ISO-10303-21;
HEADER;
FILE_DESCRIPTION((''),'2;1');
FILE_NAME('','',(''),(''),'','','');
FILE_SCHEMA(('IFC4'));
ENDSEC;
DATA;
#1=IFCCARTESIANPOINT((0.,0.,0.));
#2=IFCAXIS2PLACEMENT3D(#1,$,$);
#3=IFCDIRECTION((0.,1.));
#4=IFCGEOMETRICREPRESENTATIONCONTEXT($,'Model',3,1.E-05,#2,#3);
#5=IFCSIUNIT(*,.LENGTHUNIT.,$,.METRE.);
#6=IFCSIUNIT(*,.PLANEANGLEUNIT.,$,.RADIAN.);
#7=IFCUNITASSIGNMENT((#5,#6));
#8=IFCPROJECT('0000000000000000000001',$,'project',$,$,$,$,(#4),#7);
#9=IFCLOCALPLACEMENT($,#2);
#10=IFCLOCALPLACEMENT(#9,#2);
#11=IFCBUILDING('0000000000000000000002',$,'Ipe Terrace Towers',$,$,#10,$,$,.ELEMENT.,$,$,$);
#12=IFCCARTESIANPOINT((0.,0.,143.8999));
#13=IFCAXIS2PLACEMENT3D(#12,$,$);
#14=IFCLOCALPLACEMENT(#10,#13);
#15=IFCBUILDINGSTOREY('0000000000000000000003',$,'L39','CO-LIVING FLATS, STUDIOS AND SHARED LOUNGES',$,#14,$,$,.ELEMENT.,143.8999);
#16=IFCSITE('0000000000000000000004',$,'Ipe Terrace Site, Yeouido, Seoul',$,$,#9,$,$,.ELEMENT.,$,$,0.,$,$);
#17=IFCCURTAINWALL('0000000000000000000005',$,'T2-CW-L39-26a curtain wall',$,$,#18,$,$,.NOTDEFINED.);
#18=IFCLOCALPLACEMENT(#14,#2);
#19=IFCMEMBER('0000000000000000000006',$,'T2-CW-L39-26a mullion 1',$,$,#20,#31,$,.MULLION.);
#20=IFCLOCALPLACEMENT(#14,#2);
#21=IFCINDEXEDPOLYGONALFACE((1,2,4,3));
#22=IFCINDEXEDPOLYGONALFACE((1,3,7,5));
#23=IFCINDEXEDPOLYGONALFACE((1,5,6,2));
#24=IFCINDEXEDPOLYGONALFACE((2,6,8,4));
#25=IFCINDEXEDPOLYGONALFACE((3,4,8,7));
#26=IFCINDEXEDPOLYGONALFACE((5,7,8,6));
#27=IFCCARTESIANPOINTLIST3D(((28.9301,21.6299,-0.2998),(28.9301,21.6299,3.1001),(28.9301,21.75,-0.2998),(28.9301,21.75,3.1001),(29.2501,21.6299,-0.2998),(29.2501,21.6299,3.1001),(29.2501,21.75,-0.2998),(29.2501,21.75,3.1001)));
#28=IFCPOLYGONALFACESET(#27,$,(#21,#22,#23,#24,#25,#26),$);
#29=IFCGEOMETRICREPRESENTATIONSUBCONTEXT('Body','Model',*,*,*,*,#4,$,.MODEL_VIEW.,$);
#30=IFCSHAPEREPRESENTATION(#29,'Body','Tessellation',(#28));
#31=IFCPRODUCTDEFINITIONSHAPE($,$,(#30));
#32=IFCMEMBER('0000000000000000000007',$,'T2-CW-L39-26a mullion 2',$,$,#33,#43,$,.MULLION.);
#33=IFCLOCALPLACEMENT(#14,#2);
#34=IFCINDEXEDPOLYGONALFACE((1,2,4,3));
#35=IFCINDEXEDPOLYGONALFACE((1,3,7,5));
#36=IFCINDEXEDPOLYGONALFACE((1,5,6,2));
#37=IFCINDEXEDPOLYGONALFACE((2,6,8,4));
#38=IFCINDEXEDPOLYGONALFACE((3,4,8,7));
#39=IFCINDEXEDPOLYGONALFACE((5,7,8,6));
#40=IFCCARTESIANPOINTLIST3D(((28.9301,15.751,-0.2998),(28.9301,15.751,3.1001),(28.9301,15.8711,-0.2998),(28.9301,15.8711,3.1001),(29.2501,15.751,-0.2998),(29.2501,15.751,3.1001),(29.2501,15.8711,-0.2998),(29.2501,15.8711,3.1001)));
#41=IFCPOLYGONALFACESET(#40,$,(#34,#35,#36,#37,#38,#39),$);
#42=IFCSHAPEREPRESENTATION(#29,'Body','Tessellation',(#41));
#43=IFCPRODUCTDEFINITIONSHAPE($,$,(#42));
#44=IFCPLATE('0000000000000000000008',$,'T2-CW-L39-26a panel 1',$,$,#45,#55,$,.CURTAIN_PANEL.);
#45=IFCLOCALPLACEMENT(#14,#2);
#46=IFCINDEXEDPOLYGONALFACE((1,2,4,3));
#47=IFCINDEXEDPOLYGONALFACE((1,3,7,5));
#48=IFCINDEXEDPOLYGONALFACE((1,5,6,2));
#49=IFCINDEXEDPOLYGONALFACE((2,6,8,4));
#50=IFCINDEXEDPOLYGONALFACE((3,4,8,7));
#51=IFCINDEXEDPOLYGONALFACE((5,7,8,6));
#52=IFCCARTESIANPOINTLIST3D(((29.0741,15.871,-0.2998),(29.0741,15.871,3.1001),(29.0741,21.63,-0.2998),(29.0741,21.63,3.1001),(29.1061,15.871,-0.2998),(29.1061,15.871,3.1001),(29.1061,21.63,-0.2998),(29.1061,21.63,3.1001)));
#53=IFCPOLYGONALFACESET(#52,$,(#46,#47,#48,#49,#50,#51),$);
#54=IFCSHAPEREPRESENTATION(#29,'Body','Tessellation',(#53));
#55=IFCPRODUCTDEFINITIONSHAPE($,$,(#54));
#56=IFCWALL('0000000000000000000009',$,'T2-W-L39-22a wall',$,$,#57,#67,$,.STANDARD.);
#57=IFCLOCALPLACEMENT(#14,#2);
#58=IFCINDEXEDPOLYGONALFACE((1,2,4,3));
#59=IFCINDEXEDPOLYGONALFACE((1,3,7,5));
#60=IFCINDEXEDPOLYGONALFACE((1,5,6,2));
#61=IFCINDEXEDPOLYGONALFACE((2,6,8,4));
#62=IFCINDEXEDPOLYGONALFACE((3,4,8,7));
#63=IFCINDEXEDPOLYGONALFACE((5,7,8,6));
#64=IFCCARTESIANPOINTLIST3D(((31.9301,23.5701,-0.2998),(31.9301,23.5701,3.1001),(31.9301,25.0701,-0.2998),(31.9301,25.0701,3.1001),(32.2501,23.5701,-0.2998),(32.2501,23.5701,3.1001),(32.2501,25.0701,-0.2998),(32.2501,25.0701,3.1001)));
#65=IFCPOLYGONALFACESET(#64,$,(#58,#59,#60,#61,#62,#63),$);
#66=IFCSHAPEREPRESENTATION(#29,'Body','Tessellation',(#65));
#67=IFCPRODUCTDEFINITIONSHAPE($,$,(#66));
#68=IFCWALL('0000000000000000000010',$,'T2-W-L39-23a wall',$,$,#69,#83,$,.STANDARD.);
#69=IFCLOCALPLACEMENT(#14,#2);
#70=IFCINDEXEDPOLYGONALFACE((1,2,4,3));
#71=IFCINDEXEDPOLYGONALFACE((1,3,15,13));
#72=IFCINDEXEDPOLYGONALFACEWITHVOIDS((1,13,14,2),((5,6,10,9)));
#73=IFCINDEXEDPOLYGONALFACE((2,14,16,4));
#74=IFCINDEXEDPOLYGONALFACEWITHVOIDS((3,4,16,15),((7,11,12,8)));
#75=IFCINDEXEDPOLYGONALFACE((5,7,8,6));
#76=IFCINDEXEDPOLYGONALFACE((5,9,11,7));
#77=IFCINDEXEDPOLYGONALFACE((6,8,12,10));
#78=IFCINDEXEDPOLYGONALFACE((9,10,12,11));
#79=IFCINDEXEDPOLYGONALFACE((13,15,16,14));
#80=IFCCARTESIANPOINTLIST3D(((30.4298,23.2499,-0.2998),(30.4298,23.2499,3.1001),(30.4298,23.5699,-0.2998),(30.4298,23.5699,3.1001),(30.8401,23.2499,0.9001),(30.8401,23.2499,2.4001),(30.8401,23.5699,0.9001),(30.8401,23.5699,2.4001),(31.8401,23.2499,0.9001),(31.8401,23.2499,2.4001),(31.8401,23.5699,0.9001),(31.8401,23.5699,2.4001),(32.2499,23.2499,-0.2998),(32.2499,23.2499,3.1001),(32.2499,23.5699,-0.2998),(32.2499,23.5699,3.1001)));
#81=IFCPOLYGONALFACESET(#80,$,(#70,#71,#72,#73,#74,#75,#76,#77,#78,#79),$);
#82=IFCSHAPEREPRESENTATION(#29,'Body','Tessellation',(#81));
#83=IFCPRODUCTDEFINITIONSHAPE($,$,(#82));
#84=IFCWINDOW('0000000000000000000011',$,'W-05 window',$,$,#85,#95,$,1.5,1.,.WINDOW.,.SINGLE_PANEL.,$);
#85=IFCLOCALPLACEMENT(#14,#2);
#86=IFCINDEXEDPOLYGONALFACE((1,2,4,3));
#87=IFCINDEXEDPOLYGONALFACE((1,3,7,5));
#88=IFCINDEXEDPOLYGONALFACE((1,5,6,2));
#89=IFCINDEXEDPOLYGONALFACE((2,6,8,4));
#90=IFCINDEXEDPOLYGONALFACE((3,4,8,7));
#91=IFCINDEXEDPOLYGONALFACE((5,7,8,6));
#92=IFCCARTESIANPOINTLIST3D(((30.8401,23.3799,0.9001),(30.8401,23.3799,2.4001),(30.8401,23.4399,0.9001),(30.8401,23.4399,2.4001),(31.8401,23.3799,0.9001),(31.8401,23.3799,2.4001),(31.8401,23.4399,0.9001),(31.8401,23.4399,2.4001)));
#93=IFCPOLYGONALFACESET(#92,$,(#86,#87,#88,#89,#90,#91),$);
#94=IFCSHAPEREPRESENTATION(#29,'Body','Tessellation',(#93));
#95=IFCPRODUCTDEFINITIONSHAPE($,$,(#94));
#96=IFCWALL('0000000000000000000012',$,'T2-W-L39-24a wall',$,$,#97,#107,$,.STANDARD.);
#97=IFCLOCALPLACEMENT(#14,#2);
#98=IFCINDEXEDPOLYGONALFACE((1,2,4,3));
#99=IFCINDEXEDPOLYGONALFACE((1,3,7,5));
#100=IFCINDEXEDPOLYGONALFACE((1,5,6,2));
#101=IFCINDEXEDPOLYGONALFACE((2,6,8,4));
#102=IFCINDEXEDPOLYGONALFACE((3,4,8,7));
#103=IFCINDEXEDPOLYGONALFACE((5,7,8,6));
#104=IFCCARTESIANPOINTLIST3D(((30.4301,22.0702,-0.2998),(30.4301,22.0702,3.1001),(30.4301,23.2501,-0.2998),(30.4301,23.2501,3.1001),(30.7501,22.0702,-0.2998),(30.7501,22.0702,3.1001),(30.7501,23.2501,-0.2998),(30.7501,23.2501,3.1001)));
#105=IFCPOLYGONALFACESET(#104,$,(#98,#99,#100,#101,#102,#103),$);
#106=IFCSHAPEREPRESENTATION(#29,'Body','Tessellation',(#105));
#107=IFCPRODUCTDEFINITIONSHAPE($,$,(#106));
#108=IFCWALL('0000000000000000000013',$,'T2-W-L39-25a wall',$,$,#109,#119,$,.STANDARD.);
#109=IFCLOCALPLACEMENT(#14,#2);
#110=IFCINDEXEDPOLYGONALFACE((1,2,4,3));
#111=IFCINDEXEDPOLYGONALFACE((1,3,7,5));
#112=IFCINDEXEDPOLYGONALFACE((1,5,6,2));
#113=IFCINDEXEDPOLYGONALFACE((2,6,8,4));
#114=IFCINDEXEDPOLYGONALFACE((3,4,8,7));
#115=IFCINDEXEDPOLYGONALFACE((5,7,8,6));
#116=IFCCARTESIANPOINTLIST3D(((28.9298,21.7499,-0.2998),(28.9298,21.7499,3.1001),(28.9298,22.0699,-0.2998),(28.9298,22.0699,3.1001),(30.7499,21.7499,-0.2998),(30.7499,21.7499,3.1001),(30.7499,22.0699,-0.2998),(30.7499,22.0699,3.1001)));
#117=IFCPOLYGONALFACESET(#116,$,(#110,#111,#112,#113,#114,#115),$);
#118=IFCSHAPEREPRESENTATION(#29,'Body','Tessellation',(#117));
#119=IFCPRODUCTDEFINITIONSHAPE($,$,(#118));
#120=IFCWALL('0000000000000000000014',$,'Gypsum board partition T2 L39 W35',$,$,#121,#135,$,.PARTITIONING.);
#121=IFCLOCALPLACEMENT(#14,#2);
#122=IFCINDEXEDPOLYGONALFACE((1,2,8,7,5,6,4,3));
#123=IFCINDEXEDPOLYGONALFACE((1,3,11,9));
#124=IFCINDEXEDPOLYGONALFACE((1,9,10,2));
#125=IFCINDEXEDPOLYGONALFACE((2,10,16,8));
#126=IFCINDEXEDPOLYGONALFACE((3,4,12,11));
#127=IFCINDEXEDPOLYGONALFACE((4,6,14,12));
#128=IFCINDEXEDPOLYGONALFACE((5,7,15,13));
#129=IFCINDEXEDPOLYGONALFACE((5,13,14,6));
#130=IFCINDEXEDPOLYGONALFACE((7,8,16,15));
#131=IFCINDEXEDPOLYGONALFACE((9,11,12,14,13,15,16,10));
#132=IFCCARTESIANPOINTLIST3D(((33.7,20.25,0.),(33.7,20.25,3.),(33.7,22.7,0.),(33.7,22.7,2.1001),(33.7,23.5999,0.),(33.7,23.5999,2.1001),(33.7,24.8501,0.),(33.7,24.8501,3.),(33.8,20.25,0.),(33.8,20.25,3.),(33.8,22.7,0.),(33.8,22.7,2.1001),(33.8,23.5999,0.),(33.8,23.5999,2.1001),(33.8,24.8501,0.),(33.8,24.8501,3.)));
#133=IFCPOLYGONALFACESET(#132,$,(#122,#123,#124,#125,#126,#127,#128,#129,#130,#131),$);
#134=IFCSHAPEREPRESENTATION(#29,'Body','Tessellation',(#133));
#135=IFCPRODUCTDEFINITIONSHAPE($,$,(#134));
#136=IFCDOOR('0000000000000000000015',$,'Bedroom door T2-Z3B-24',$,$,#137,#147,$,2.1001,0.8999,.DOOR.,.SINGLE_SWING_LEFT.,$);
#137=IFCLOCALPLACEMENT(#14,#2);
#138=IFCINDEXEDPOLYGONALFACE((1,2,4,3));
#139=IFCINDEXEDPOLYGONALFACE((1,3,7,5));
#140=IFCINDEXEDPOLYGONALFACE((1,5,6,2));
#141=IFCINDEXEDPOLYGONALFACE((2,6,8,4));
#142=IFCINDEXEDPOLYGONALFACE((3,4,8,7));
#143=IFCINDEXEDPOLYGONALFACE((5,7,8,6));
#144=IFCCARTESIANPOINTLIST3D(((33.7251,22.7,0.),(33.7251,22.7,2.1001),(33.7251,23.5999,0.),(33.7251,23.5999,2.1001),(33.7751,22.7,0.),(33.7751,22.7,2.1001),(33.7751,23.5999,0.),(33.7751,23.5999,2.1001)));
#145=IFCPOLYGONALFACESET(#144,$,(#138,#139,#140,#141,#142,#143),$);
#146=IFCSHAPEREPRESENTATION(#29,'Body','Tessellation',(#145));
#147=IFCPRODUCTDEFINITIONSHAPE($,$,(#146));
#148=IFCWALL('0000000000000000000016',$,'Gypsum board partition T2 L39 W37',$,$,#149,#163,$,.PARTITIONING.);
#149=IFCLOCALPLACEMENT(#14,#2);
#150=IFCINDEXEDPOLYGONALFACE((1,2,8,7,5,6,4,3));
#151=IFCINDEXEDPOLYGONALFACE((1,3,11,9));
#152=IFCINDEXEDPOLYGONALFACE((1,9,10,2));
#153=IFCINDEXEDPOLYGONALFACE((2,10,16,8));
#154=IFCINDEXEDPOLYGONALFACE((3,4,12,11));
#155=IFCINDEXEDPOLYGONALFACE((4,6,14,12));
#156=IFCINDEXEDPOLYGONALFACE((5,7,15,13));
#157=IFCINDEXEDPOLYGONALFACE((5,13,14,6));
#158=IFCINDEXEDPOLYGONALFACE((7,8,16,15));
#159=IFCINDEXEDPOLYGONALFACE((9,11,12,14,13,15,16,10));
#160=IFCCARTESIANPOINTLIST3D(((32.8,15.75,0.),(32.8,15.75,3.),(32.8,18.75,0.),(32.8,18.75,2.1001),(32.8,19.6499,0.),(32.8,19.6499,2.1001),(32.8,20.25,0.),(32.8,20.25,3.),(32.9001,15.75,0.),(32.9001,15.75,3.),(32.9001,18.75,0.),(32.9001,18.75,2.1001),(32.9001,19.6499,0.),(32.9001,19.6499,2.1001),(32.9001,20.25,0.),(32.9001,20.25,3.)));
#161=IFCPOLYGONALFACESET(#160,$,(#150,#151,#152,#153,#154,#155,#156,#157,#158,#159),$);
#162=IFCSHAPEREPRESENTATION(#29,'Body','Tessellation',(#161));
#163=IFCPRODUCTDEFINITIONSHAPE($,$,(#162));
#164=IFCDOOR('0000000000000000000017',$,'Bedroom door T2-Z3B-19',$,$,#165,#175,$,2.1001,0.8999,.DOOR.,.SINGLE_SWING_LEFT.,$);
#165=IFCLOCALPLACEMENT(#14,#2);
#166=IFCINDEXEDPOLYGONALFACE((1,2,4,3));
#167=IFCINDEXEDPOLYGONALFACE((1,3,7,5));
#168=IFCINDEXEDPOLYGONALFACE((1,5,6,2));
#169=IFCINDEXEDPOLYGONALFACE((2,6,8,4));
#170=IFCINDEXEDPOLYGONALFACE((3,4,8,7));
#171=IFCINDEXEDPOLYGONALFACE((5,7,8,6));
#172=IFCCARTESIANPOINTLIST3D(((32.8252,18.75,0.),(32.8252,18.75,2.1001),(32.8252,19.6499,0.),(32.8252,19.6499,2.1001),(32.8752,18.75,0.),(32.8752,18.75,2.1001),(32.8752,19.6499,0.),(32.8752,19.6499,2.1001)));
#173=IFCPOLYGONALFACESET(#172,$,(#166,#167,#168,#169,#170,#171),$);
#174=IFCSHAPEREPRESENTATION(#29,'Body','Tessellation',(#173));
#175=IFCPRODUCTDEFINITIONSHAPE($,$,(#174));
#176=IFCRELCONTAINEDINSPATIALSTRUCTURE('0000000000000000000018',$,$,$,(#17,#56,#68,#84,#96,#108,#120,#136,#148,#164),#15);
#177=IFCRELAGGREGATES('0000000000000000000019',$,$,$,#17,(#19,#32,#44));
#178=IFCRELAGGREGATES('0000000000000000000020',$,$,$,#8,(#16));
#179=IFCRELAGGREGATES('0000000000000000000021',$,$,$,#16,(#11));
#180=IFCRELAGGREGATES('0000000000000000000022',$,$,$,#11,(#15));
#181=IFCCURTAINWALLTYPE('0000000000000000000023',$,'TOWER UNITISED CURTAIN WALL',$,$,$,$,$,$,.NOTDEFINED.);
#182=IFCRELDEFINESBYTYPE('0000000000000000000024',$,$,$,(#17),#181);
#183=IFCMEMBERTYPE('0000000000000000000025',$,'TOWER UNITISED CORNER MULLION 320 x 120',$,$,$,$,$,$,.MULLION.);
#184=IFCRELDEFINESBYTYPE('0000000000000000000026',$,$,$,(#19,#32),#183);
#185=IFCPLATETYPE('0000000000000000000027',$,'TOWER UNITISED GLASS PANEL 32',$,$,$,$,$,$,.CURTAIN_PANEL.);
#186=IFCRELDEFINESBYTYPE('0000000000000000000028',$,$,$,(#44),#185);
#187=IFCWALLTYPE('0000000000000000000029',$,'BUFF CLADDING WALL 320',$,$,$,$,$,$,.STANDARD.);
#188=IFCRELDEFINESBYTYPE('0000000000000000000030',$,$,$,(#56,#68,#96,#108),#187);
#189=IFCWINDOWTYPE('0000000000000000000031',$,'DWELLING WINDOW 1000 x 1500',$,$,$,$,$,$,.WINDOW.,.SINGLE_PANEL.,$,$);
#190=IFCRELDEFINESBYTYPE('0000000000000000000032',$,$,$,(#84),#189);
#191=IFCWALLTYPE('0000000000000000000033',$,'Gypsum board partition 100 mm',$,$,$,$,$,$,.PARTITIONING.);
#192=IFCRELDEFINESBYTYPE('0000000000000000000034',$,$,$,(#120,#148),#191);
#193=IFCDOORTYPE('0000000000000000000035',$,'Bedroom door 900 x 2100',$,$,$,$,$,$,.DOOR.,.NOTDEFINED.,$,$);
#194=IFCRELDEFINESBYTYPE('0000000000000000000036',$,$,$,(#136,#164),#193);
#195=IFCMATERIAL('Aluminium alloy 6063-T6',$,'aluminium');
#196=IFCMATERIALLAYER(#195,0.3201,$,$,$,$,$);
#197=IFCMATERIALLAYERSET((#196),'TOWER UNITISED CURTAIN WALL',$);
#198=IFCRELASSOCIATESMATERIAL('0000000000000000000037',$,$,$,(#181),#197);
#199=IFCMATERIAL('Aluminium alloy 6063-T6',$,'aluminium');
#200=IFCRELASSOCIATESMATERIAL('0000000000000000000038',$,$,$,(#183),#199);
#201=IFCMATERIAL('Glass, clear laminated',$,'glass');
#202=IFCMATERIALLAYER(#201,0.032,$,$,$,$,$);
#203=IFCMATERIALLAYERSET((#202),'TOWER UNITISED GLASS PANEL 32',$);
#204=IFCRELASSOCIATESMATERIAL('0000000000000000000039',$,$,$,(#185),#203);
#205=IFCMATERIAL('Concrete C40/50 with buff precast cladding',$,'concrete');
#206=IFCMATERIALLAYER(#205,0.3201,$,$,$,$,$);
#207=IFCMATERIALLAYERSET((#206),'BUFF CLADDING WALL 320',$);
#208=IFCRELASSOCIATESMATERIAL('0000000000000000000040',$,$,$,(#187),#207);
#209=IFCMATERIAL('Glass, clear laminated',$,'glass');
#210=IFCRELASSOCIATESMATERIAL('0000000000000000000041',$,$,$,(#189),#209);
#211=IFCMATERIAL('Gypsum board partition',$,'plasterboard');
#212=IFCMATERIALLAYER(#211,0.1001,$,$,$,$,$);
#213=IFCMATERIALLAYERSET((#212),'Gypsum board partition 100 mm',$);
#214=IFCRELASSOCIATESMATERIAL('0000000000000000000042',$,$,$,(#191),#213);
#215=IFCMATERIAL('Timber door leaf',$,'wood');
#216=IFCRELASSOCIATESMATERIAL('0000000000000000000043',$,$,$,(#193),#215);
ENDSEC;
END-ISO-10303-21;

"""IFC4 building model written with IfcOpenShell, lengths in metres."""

from ifc_helpers import new_model, si_unit, direction, frame, frame_2d, origin, origin_2d, place, context, subcontext, project, spatial, rectangle, extrude, material, layer, layer_set, material_profile, profile_set, type_object, element, fill, aggregate, save


model = new_model("IFC4")

# Units and contexts
model_context = context("Model", 3, precision=1e-05, world=origin(), true_north=direction((0.0, 1.0)))
body_context = subcontext(model_context, "Body", "Model", "MODEL_VIEW")
ifc_project = project(units=[si_unit("LENGTHUNIT", "METRE"), si_unit("PLANEANGLEUNIT", "RADIAN")], contexts=[model_context])

# Site, building, storey
site_placement = place(None, origin())
site = spatial("IfcSite", under=ifc_project, at=site_placement, Name="Ipe Terrace Site, Yeouido, Seoul", CompositionType="ELEMENT", RefElevation=0.0)
building_placement = place(site_placement, origin())
building = spatial("IfcBuilding", under=site, at=building_placement, Name="Ipe Terrace Towers", CompositionType="ELEMENT")
storey_placement = place(building_placement, frame((0.0, 0.0, 143.8999)))
storey = spatial("IfcBuildingStorey", under=building, at=storey_placement, Name="L39", Description="CO-LIVING FLATS, STUDIOS AND SHARED LOUNGES", CompositionType="ELEMENT", Elevation=143.8999)

# Shared definitions
ifc_material_1 = material(Name="Aluminium alloy 6063-T6", Category="aluminium")
ifc_layer_1 = layer(ifc_material_1, 0.3201)
ifc_layer_set_1 = layer_set([ifc_layer_1], Name="TOWER UNITISED CURTAIN WALL")
curtain_wall_type = type_object("IfcCurtainWallType", Name="TOWER UNITISED CURTAIN WALL", PredefinedType="NOTDEFINED", material=ifc_layer_set_1)
ifc_material_2 = material(Name="Aluminium alloy 6063-T6", Category="aluminium")
ifc_material_profile_1 = material_profile(ifc_material_2, rectangle(XDim=0.3201, YDim=0.1201, at=origin_2d()), Name="TOWER UNITISED CORNER MULLION 320 x 120")
ifc_profile_set_1 = profile_set([ifc_material_profile_1], Name="Aluminium alloy 6063-T6")
member_type = type_object("IfcMemberType", Name="TOWER UNITISED CORNER MULLION 320 x 120", PredefinedType="MULLION", material=ifc_profile_set_1)

# Curtain wall, members, plate
curtain_wall_1_placement = place(storey_placement, origin())
curtain_wall_1 = element("IfcCurtainWall", 1, at=curtain_wall_1_placement, inside=storey, type_object=curtain_wall_type, Name="T2-CW-L39-26a curtain wall", PredefinedType="NOTDEFINED")
member_1_placement = place(storey_placement, frame((29.0901, 21.6899, -0.2998), z_axis=(0.0, 0.0, 1.0), x_axis=(-1.0, 0.0, 0.0)))
member_1 = element("IfcMember", 2, at=member_1_placement, type_object=member_type, Name="T2-CW-L39-26a mullion 1", PredefinedType="MULLION", context=body_context, shape_type="SweptSolid", body=[
    extrude(rectangle(XDim=0.3201, YDim=0.1201, at=origin_2d()), origin(), (0.0, 0.0, 1.0), 3.3999),
])
member_2_placement = place(storey_placement, frame((29.0901, 15.811, -0.2998), z_axis=(0.0, 0.0, 1.0), x_axis=(-1.0, 0.0, 0.0)))
member_2 = element("IfcMember", 3, at=member_2_placement, type_object=member_type, Name="T2-CW-L39-26a mullion 2", PredefinedType="MULLION", context=body_context, shape_type="SweptSolid", body=[
    extrude(rectangle(XDim=0.3201, YDim=0.1201, at=origin_2d()), origin(), (0.0, 0.0, 1.0), 3.3999),
])
ifc_material_3 = material(Name="Glass, clear laminated", Category="glass")
ifc_layer_2 = layer(ifc_material_3, 0.032)
ifc_layer_set_2 = layer_set([ifc_layer_2], Name="TOWER UNITISED GLASS PANEL 32")
plate_type = type_object("IfcPlateType", Name="TOWER UNITISED GLASS PANEL 32", PredefinedType="CURTAIN_PANEL", material=ifc_layer_set_2)
plate_placement = place(storey_placement, frame((29.0901, 18.7505, -0.2998), z_axis=(0.0, 0.0, 1.0), x_axis=(0.0, -1.0, 0.0)))
plate = element("IfcPlate", 4, at=plate_placement, type_object=plate_type, Name="T2-CW-L39-26a panel 1", PredefinedType="CURTAIN_PANEL", context=body_context, shape_type="SweptSolid", body=[
    extrude(rectangle(XDim=5.759, YDim=0.032, at=origin_2d()), origin(), (0.0, 0.0, 1.0), 3.3999),
])
aggregate(curtain_wall_1, [member_1, member_2, plate])

# Wall
ifc_material_4 = material(Name="Concrete C40/50 with buff precast cladding", Category="concrete")
ifc_layer_3 = layer(ifc_material_4, 0.3201)
ifc_layer_set_3 = layer_set([ifc_layer_3], Name="BUFF CLADDING WALL 320")
wall_type_1 = type_object("IfcWallType", Name="BUFF CLADDING WALL 320", PredefinedType="STANDARD", material=ifc_layer_set_3)
wall_1_placement = place(storey_placement, frame((32.0901, 25.0701, -0.2998), z_axis=(0.0, 0.0, 1.0), x_axis=(0.0, -1.0, 0.0)))
element("IfcWall", 5, at=wall_1_placement, inside=storey, type_object=wall_type_1, Name="T2-W-L39-22a wall", PredefinedType="STANDARD", context=body_context, shape_type="SweptSolid", body=[
    extrude(rectangle(XDim=1.5, YDim=0.3201, at=frame_2d((0.75, 0.0))), origin(), (0.0, 0.0, 1.0), 3.3999),
])

# Wall, opening, window
wall_2_placement = place(storey_placement, frame((32.25, 23.4099, -0.2998), z_axis=(0.0, 0.0, 1.0), x_axis=(-1.0, 0.0, 0.0)))
wall_2 = element("IfcWall", 6, at=wall_2_placement, inside=storey, type_object=wall_type_1, Name="T2-W-L39-23a wall", PredefinedType="STANDARD", context=body_context, shape_type="SweptSolid", body=[
    extrude(rectangle(XDim=1.8201, YDim=0.3201, at=frame_2d((0.9102, 0.0))), origin(), (0.0, 0.0, 1.0), 3.3999),
])
opening_1_placement = place(wall_2_placement, frame((0.4099, 0.0, 1.2)))
opening_1 = element("IfcOpeningElement", 7, at=opening_1_placement, cuts=wall_2, PredefinedType="OPENING", context=body_context, shape_type="SweptSolid", body=[
    extrude(rectangle(XDim=1.0, YDim=1.5, at=frame_2d((0.5, 0.75))), frame((0.0, 0.1699, 0.0), z_axis=(0.0, -1.0, 0.0), x_axis=(1.0, 0.0, 0.0)), (0.0, 0.0, 1.0), 0.3401),
])
ifc_material_5 = material(Name="Glass, clear laminated", Category="glass")
window_type = type_object("IfcWindowType", Name="DWELLING WINDOW 1000 x 1500", PartitioningType="SINGLE_PANEL", PredefinedType="WINDOW", material=ifc_material_5)
window_placement = place(opening_1_placement, origin())
window = element("IfcWindow", 8, at=window_placement, inside=storey, type_object=window_type, Name="W-05 window", OverallHeight=1.5, OverallWidth=1.0, PartitioningType="SINGLE_PANEL", PredefinedType="WINDOW", context=body_context, shape_type="SweptSolid", body=[
    extrude(rectangle(XDim=1.0, YDim=1.5, at=frame_2d((0.5, 0.75))), frame((0.0, 0.03, 0.0), z_axis=(0.0, -1.0, 0.0), x_axis=(1.0, 0.0, 0.0)), (0.0, 0.0, 1.0), 0.0601),
])
fill(opening_1, window)

# Walls
wall_3_placement = place(storey_placement, frame((30.5901, 23.25, -0.2998), z_axis=(0.0, 0.0, 1.0), x_axis=(0.0, -1.0, 0.0)))
element("IfcWall", 9, at=wall_3_placement, inside=storey, type_object=wall_type_1, Name="T2-W-L39-24a wall", PredefinedType="STANDARD", context=body_context, shape_type="SweptSolid", body=[
    extrude(rectangle(XDim=1.1799, YDim=0.3201, at=frame_2d((0.5898, 0.0))), origin(), (0.0, 0.0, 1.0), 3.3999),
])
wall_4_placement = place(storey_placement, frame((30.75, 21.9099, -0.2998), z_axis=(0.0, 0.0, 1.0), x_axis=(-1.0, 0.0, 0.0)))
element("IfcWall", 10, at=wall_4_placement, inside=storey, type_object=wall_type_1, Name="T2-W-L39-25a wall", PredefinedType="STANDARD", context=body_context, shape_type="SweptSolid", body=[
    extrude(rectangle(XDim=1.8201, YDim=0.3201, at=frame_2d((0.9102, 0.0))), origin(), (0.0, 0.0, 1.0), 3.3999),
])

# Walls, openings, doors
ifc_material_6 = material(Name="Gypsum board partition", Category="plasterboard")
ifc_layer_4 = layer(ifc_material_6, 0.1001)
ifc_layer_set_4 = layer_set([ifc_layer_4], Name="Gypsum board partition 100 mm")
wall_type_2 = type_object("IfcWallType", Name="Gypsum board partition 100 mm", PredefinedType="PARTITIONING", material=ifc_layer_set_4)
wall_5_placement = place(storey_placement, frame((33.75, 20.25, 0.0), z_axis=(0.0, 0.0, 1.0), x_axis=(0.0, 1.0, 0.0)))
wall_5 = element("IfcWall", 11, at=wall_5_placement, inside=storey, type_object=wall_type_2, Name="Gypsum board partition T2 L39 W35", PredefinedType="PARTITIONING", context=body_context, shape_type="SweptSolid", body=[
    extrude(rectangle(XDim=4.6001, YDim=0.1001, at=frame_2d((2.3, 0.0))), origin(), (0.0, 0.0, 1.0), 3.0),
])
opening_2_placement = place(wall_5_placement, frame((2.45, 0.0, 0.0)))
opening_2 = element("IfcOpeningElement", 12, at=opening_2_placement, cuts=wall_5, PredefinedType="OPENING", context=body_context, shape_type="SweptSolid", body=[
    extrude(rectangle(XDim=0.8999, YDim=2.1001, at=frame_2d((0.45, 1.05))), frame((0.0, 0.0601, 0.0), z_axis=(0.0, -1.0, 0.0), x_axis=(1.0, 0.0, 0.0)), (0.0, 0.0, 1.0), 0.1201),
])
ifc_material_7 = material(Name="Timber door leaf", Category="wood")
door_type = type_object("IfcDoorType", Name="Bedroom door 900 x 2100", OperationType="NOTDEFINED", PredefinedType="DOOR", material=ifc_material_7)
door_1_placement = place(opening_2_placement, origin())
door_1 = element("IfcDoor", 13, at=door_1_placement, inside=storey, type_object=door_type, Name="Bedroom door T2-Z3B-24", OperationType="SINGLE_SWING_LEFT", OverallHeight=2.1001, OverallWidth=0.8999, PredefinedType="DOOR", context=body_context, shape_type="SweptSolid", body=[
    extrude(rectangle(XDim=0.8999, YDim=2.1001, at=frame_2d((0.45, 1.05))), frame((0.0, 0.0249, 0.0), z_axis=(0.0, -1.0, 0.0), x_axis=(1.0, 0.0, 0.0)), (0.0, 0.0, 1.0), 0.05),
])
fill(opening_2, door_1)
wall_6_placement = place(storey_placement, frame((32.8501, 15.75, 0.0), z_axis=(0.0, 0.0, 1.0), x_axis=(0.0, 1.0, 0.0)))
wall_6 = element("IfcWall", 14, at=wall_6_placement, inside=storey, type_object=wall_type_2, Name="Gypsum board partition T2 L39 W37", PredefinedType="PARTITIONING", context=body_context, shape_type="SweptSolid", body=[
    extrude(rectangle(XDim=4.5, YDim=0.1001, at=frame_2d((2.25, 0.0))), origin(), (0.0, 0.0, 1.0), 3.0),
])
opening_3_placement = place(wall_6_placement, frame((3.0, 0.0, 0.0)))
opening_3 = element("IfcOpeningElement", 15, at=opening_3_placement, cuts=wall_6, PredefinedType="OPENING", context=body_context, shape_type="SweptSolid", body=[
    extrude(rectangle(XDim=0.8999, YDim=2.1001, at=frame_2d((0.45, 1.05))), frame((0.0, 0.0601, 0.0), z_axis=(0.0, -1.0, 0.0), x_axis=(1.0, 0.0, 0.0)), (0.0, 0.0, 1.0), 0.1201),
])
door_2_placement = place(opening_3_placement, origin())
door_2 = element("IfcDoor", 16, at=door_2_placement, inside=storey, type_object=door_type, Name="Bedroom door T2-Z3B-19", OperationType="SINGLE_SWING_LEFT", OverallHeight=2.1001, OverallWidth=0.8999, PredefinedType="DOOR", context=body_context, shape_type="SweptSolid", body=[
    extrude(rectangle(XDim=0.8999, YDim=2.1001, at=frame_2d((0.45, 1.05))), frame((0.0, 0.0249, 0.0), z_axis=(0.0, -1.0, 0.0), x_axis=(1.0, 0.0, 0.0)), (0.0, 0.0, 1.0), 0.05),
])
fill(opening_3, door_2)

save(model, "model.ifc")
